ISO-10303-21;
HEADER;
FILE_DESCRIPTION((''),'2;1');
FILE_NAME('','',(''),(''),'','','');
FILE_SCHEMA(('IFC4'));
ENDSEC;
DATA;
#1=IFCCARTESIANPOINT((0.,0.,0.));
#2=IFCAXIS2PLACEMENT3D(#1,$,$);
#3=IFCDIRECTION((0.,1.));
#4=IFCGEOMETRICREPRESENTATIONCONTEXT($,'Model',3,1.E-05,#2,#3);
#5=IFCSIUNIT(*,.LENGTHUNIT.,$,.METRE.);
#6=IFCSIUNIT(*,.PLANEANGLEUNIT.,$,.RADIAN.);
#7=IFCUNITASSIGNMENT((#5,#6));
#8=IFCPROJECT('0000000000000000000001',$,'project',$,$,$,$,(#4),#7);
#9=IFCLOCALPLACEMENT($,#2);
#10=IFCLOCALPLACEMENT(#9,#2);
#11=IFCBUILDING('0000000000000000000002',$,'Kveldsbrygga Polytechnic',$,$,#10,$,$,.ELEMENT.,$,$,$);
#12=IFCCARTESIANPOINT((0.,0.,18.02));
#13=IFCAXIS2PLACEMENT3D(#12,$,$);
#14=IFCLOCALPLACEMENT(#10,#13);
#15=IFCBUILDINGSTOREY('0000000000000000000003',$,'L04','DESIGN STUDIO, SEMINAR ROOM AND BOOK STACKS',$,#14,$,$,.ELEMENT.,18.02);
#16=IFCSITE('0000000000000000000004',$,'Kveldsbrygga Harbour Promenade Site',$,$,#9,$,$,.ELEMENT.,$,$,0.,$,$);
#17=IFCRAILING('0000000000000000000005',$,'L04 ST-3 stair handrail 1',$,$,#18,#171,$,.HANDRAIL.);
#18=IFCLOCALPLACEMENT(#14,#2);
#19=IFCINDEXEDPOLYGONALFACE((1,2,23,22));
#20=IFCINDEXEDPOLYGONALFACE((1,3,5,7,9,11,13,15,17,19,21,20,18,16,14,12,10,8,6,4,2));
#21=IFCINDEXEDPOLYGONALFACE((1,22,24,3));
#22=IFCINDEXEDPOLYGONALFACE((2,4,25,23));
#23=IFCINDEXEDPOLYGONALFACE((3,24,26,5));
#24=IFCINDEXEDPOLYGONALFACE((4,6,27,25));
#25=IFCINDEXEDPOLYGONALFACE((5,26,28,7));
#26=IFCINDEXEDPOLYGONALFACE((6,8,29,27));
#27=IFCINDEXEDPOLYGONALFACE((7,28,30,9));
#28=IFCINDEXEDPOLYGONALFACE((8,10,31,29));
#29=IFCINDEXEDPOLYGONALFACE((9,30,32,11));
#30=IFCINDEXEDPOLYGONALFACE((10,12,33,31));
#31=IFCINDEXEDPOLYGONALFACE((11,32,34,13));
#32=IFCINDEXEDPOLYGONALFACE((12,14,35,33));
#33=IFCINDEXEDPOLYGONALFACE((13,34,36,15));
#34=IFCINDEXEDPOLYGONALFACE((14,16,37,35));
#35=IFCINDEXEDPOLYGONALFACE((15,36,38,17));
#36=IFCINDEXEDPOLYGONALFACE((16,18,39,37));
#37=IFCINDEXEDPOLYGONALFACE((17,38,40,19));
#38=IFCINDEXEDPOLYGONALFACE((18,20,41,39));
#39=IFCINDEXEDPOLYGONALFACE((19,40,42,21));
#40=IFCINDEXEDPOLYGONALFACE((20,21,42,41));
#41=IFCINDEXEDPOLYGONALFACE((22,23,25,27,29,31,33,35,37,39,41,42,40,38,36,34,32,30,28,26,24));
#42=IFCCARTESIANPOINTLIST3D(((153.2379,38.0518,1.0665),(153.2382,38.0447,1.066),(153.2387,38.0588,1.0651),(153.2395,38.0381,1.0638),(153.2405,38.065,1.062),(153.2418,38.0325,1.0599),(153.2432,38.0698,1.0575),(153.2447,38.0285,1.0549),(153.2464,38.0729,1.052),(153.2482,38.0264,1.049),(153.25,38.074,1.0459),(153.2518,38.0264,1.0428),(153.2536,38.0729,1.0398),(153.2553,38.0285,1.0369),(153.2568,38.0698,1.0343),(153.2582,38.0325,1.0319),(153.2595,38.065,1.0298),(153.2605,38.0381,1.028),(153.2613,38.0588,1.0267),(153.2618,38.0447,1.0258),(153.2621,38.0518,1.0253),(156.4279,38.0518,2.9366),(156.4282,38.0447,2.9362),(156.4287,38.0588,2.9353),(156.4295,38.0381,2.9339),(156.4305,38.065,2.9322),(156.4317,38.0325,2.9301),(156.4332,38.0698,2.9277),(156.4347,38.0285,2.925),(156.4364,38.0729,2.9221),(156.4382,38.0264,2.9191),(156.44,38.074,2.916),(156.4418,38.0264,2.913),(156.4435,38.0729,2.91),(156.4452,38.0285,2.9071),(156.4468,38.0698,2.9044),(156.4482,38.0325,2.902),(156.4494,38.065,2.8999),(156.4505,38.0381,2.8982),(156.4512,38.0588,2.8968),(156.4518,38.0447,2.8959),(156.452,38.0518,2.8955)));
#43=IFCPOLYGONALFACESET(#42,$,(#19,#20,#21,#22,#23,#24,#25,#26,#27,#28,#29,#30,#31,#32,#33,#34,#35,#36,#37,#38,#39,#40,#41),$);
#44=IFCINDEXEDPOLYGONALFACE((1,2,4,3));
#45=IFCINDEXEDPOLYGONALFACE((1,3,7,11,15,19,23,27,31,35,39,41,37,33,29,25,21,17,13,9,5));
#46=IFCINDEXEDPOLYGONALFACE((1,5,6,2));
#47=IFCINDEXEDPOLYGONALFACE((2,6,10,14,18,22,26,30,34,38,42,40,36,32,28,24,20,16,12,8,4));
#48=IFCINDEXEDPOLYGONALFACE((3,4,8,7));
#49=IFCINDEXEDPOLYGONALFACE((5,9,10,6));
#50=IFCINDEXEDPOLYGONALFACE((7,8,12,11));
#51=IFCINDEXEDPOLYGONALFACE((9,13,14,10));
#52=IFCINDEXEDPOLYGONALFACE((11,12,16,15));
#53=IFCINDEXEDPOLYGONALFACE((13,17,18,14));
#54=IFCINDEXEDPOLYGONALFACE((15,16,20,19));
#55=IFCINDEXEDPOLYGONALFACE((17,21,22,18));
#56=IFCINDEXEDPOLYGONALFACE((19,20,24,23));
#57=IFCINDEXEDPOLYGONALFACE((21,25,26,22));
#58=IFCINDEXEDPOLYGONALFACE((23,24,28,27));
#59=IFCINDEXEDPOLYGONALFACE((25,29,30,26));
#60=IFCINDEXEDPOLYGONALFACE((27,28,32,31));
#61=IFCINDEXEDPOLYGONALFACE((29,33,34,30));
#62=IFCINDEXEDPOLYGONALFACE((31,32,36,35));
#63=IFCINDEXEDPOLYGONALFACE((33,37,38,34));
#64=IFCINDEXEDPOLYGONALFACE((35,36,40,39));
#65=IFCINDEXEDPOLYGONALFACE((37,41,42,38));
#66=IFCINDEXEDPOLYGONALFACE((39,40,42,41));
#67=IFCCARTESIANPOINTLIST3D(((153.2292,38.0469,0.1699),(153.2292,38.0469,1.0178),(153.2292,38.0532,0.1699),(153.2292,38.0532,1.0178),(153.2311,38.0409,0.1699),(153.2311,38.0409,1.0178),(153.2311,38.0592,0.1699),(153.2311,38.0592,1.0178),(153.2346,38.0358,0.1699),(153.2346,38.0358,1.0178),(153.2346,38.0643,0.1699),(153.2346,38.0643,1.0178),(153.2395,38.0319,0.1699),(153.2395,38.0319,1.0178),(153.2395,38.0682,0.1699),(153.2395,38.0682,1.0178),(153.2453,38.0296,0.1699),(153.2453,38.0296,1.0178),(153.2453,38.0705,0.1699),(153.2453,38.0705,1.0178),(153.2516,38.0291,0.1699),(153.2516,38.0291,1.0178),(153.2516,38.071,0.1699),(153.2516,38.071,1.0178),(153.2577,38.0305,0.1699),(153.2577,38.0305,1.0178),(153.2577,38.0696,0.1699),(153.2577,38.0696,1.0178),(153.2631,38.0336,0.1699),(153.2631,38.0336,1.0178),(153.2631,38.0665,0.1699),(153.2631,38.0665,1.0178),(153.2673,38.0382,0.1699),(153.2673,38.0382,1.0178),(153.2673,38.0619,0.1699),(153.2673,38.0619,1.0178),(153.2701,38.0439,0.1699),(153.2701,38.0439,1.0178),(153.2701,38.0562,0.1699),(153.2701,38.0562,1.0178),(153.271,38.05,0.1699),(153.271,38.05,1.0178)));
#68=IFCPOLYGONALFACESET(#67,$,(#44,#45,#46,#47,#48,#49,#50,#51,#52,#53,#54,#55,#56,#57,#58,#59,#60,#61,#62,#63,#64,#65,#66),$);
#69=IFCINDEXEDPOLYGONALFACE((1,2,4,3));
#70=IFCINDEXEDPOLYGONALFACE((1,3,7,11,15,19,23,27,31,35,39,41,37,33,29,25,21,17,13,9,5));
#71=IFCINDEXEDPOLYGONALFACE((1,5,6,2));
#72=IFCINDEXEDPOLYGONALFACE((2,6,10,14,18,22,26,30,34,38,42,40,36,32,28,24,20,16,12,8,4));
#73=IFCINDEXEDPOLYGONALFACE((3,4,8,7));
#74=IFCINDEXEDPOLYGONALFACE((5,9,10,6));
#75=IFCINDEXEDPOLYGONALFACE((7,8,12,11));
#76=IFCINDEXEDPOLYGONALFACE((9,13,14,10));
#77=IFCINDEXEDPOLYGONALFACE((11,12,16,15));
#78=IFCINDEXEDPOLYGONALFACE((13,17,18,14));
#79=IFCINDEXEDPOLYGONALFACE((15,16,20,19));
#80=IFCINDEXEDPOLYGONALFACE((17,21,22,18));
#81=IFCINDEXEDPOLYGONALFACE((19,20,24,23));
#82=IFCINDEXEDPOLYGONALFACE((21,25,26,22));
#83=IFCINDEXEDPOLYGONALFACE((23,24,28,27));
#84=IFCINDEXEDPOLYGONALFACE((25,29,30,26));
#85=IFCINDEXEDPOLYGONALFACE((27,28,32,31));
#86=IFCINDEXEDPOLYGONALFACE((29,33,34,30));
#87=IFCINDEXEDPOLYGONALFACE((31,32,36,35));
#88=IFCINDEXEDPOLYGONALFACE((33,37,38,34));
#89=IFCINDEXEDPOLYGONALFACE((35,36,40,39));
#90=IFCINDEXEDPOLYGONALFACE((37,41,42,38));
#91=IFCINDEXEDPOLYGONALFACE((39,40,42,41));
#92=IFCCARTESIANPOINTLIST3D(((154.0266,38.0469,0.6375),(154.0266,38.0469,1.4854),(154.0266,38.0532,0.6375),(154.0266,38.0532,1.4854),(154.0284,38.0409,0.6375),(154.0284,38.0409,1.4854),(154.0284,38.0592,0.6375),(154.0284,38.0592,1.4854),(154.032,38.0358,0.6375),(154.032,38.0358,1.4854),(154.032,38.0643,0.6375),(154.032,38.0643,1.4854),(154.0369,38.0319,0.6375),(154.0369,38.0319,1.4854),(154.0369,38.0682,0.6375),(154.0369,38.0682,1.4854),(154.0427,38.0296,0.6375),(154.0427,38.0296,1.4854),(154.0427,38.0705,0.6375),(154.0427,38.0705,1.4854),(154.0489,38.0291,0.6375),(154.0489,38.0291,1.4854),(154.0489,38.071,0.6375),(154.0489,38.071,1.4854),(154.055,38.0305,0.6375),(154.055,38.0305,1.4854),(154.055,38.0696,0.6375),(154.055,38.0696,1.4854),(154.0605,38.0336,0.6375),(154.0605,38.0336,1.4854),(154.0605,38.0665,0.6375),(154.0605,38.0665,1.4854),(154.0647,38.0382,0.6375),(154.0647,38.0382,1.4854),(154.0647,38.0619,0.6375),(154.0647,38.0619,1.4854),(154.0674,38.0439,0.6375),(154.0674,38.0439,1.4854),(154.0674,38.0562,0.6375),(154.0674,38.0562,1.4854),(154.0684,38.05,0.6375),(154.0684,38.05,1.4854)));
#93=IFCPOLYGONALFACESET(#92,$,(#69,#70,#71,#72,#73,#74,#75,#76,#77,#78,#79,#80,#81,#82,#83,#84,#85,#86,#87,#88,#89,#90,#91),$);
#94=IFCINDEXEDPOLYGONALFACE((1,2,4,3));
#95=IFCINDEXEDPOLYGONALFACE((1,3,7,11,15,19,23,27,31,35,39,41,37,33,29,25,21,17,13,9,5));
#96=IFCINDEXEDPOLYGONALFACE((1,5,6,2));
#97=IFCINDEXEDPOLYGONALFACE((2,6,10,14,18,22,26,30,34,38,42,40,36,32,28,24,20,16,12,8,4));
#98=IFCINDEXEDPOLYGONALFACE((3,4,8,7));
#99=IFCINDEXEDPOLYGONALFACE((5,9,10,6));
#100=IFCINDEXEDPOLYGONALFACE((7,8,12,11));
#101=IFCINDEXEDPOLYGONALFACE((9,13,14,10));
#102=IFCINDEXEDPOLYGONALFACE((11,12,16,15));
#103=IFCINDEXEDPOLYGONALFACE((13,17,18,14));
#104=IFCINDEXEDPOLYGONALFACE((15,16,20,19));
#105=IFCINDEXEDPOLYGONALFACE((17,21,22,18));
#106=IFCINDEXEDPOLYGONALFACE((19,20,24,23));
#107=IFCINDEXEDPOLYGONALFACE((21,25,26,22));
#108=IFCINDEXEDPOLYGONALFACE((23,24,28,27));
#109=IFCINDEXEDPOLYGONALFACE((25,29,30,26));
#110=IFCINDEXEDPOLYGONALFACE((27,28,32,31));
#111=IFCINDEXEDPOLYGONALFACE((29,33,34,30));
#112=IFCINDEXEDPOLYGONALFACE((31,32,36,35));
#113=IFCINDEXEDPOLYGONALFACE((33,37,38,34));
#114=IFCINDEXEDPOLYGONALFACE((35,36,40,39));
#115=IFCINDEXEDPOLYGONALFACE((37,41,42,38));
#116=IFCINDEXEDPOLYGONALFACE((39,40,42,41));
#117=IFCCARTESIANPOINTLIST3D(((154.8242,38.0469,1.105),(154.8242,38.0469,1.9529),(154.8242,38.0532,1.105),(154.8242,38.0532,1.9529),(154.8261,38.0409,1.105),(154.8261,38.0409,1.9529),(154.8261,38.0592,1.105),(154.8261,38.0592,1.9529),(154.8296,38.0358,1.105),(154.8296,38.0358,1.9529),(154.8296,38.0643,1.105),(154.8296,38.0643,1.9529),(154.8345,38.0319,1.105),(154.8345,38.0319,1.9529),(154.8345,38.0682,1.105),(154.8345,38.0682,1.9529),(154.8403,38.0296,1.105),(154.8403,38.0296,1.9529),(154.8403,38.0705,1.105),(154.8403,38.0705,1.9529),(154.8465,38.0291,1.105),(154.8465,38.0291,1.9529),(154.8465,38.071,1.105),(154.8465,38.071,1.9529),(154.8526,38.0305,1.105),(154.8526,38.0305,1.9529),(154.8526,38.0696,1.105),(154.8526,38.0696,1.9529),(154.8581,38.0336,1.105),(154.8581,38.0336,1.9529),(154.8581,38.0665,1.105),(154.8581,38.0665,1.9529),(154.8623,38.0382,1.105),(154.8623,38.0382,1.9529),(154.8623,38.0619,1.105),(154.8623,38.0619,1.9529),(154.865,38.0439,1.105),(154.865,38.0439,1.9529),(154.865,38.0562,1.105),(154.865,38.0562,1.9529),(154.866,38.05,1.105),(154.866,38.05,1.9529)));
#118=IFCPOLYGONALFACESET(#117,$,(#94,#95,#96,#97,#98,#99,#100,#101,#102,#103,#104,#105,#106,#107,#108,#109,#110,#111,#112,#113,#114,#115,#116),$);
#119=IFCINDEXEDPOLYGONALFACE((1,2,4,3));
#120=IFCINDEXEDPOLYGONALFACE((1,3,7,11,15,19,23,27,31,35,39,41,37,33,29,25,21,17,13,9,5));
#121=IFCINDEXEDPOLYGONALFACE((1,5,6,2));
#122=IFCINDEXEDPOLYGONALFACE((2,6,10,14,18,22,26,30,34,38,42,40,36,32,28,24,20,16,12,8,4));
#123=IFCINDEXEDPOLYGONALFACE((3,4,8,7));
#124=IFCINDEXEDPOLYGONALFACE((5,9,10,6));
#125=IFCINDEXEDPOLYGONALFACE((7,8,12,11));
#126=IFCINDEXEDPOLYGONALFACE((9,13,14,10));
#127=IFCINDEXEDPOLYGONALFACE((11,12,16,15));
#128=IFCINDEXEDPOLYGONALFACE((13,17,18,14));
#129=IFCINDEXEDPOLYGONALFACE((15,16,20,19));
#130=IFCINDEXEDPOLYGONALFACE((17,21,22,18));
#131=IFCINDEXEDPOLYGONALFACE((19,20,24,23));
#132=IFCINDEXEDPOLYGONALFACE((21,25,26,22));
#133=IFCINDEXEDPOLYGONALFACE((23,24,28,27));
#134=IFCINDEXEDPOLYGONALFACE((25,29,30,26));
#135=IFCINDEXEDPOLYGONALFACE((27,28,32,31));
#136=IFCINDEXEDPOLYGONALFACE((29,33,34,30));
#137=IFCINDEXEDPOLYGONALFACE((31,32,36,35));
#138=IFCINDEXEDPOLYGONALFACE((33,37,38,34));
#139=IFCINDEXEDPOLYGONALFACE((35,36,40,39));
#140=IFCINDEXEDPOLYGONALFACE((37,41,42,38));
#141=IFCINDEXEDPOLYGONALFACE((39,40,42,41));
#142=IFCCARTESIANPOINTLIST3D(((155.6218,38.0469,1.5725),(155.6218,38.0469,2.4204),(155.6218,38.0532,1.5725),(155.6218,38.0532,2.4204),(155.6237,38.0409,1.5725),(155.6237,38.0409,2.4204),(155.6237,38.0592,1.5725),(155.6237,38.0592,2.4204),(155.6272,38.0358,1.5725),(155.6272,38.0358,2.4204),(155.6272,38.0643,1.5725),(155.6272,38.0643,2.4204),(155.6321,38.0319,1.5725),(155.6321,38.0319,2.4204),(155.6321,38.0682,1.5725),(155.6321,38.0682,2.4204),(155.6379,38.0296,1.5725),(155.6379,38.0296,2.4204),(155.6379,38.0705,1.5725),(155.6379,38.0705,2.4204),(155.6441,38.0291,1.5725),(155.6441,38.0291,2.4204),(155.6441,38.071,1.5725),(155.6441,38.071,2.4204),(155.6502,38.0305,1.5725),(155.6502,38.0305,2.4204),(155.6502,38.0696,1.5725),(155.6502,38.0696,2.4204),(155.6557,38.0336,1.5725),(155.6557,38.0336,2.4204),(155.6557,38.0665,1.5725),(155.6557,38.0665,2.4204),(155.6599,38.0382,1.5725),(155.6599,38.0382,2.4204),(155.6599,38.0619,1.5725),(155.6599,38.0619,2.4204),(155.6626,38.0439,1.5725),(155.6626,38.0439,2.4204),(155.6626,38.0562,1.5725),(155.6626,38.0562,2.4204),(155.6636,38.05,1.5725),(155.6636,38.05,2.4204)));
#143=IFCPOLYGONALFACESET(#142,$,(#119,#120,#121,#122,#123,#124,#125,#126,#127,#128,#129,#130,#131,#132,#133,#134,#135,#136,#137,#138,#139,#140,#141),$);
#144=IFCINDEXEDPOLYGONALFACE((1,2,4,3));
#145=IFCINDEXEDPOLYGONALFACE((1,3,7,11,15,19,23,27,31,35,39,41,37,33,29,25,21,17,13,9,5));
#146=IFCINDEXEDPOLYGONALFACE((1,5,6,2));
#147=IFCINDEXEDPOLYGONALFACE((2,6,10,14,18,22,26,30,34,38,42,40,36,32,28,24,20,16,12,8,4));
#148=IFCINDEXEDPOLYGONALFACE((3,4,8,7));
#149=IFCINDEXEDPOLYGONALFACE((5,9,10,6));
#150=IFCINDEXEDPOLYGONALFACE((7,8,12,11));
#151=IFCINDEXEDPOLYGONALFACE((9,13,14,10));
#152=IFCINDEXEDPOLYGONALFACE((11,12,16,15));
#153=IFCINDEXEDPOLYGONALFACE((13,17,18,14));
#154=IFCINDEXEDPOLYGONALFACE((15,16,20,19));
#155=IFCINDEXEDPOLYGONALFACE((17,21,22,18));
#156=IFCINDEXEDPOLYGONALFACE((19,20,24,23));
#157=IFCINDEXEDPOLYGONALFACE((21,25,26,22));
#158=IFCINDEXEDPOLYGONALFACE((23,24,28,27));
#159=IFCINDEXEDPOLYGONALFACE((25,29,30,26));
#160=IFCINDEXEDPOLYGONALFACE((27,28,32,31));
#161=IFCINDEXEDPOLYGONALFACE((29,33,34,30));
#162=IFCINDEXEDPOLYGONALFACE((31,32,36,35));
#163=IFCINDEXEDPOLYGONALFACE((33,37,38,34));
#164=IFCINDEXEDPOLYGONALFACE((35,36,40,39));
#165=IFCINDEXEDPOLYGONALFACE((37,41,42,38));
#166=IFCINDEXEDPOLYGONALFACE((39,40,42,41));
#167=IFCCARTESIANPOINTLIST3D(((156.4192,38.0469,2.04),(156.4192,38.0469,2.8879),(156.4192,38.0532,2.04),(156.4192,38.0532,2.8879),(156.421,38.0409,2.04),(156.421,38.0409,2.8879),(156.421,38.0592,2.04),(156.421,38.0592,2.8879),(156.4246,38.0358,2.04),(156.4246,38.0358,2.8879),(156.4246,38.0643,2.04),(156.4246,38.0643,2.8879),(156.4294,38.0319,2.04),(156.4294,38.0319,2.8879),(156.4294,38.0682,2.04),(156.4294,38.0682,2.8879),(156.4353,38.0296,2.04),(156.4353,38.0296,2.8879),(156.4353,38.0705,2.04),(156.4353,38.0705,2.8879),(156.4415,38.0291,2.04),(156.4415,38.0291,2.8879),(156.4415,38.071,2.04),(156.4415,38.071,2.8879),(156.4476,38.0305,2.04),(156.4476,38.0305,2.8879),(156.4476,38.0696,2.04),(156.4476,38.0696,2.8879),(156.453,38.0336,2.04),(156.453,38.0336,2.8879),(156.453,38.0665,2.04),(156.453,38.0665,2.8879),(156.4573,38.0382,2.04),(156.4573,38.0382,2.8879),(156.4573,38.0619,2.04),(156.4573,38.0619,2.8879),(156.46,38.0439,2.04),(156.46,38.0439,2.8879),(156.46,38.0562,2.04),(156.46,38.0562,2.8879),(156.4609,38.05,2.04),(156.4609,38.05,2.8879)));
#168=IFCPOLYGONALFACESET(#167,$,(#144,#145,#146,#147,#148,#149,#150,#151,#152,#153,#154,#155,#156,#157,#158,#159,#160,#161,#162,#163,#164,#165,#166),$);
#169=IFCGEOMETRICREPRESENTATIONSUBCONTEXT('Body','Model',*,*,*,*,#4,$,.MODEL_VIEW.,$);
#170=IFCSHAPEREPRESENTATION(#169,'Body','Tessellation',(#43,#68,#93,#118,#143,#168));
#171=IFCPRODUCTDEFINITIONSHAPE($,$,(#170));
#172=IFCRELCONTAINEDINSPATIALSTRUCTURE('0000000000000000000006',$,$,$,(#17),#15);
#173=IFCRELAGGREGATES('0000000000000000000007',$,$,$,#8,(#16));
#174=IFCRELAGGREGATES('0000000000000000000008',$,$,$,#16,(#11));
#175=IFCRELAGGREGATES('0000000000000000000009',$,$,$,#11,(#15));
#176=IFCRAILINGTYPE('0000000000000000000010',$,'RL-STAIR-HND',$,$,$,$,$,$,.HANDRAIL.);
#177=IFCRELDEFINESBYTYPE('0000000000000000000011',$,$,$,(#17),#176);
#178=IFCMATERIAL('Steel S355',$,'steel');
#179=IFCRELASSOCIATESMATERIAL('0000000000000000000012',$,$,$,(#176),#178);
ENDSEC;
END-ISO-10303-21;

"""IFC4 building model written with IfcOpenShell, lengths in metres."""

from ifc_helpers import new_model, si_unit, direction, frame, origin, origin_2d, place, context, subcontext, project, spatial, circle, extrude, material, type_object, element, save


model = new_model("IFC4")

# Units and contexts
model_context = context("Model", 3, precision=1e-05, world=origin(), true_north=direction((0.0, 1.0)))
body_context = subcontext(model_context, "Body", "Model", "MODEL_VIEW")
ifc_project = project(units=[si_unit("LENGTHUNIT", "METRE"), si_unit("PLANEANGLEUNIT", "RADIAN")], contexts=[model_context])

# Site, building, storey
site_placement = place(None, origin())
site = spatial("IfcSite", under=ifc_project, at=site_placement, Name="Kveldsbrygga Harbour Promenade Site", CompositionType="ELEMENT", RefElevation=0.0)
building_placement = place(site_placement, origin())
building = spatial("IfcBuilding", under=site, at=building_placement, Name="Kveldsbrygga Polytechnic", CompositionType="ELEMENT")
storey_placement = place(building_placement, frame((0.0, 0.0, 18.02)))
storey = spatial("IfcBuildingStorey", under=building, at=storey_placement, Name="L04", Description="DESIGN STUDIO, SEMINAR ROOM AND BOOK STACKS", CompositionType="ELEMENT", Elevation=18.02)

# Shared definitions
ifc_material_1 = material(Name="Steel S355", Category="steel")

# Railing
railing_type_1 = type_object("IfcRailingType", Name="RL-STAIR-HND", PredefinedType="HANDRAIL", material=ifc_material_1)
railing_1_placement = place(storey_placement, frame((153.25, 38.05, 0.1699)))
element("IfcRailing", 1, at=railing_1_placement, inside=storey, type_object=railing_type_1, Name="L04 ST-3 stair handrail 1", PredefinedType="HANDRAIL", context=body_context, shape_type="SweptSolid", body=[
    extrude(circle(Radius=0.0239, at=origin_2d()), frame((0.0, 0.0, 0.876), z_axis=(0.86268, 0.0, 0.50575), x_axis=(0.0, 1.0, 0.0)), (0.0, 0.0, 1.0), 3.6978),
    extrude(circle(Radius=0.021, at=origin_2d()), origin(), (0.0, 0.0, 1.0), 0.8479),
    extrude(circle(Radius=0.021, at=origin_2d()), frame((0.7974, 0.0, 0.4675)), (0.0, 0.0, 1.0), 0.8479),
    extrude(circle(Radius=0.021, at=origin_2d()), frame((1.595, 0.0, 0.9351)), (0.0, 0.0, 1.0), 0.8479),
    extrude(circle(Radius=0.021, at=origin_2d()), frame((2.3926, 0.0, 1.4026)), (0.0, 0.0, 1.0), 0.8479),
    extrude(circle(Radius=0.021, at=origin_2d()), frame((3.1899, 0.0, 1.8701)), (0.0, 0.0, 1.0), 0.8479),
])

save(model, "model.ifc")
